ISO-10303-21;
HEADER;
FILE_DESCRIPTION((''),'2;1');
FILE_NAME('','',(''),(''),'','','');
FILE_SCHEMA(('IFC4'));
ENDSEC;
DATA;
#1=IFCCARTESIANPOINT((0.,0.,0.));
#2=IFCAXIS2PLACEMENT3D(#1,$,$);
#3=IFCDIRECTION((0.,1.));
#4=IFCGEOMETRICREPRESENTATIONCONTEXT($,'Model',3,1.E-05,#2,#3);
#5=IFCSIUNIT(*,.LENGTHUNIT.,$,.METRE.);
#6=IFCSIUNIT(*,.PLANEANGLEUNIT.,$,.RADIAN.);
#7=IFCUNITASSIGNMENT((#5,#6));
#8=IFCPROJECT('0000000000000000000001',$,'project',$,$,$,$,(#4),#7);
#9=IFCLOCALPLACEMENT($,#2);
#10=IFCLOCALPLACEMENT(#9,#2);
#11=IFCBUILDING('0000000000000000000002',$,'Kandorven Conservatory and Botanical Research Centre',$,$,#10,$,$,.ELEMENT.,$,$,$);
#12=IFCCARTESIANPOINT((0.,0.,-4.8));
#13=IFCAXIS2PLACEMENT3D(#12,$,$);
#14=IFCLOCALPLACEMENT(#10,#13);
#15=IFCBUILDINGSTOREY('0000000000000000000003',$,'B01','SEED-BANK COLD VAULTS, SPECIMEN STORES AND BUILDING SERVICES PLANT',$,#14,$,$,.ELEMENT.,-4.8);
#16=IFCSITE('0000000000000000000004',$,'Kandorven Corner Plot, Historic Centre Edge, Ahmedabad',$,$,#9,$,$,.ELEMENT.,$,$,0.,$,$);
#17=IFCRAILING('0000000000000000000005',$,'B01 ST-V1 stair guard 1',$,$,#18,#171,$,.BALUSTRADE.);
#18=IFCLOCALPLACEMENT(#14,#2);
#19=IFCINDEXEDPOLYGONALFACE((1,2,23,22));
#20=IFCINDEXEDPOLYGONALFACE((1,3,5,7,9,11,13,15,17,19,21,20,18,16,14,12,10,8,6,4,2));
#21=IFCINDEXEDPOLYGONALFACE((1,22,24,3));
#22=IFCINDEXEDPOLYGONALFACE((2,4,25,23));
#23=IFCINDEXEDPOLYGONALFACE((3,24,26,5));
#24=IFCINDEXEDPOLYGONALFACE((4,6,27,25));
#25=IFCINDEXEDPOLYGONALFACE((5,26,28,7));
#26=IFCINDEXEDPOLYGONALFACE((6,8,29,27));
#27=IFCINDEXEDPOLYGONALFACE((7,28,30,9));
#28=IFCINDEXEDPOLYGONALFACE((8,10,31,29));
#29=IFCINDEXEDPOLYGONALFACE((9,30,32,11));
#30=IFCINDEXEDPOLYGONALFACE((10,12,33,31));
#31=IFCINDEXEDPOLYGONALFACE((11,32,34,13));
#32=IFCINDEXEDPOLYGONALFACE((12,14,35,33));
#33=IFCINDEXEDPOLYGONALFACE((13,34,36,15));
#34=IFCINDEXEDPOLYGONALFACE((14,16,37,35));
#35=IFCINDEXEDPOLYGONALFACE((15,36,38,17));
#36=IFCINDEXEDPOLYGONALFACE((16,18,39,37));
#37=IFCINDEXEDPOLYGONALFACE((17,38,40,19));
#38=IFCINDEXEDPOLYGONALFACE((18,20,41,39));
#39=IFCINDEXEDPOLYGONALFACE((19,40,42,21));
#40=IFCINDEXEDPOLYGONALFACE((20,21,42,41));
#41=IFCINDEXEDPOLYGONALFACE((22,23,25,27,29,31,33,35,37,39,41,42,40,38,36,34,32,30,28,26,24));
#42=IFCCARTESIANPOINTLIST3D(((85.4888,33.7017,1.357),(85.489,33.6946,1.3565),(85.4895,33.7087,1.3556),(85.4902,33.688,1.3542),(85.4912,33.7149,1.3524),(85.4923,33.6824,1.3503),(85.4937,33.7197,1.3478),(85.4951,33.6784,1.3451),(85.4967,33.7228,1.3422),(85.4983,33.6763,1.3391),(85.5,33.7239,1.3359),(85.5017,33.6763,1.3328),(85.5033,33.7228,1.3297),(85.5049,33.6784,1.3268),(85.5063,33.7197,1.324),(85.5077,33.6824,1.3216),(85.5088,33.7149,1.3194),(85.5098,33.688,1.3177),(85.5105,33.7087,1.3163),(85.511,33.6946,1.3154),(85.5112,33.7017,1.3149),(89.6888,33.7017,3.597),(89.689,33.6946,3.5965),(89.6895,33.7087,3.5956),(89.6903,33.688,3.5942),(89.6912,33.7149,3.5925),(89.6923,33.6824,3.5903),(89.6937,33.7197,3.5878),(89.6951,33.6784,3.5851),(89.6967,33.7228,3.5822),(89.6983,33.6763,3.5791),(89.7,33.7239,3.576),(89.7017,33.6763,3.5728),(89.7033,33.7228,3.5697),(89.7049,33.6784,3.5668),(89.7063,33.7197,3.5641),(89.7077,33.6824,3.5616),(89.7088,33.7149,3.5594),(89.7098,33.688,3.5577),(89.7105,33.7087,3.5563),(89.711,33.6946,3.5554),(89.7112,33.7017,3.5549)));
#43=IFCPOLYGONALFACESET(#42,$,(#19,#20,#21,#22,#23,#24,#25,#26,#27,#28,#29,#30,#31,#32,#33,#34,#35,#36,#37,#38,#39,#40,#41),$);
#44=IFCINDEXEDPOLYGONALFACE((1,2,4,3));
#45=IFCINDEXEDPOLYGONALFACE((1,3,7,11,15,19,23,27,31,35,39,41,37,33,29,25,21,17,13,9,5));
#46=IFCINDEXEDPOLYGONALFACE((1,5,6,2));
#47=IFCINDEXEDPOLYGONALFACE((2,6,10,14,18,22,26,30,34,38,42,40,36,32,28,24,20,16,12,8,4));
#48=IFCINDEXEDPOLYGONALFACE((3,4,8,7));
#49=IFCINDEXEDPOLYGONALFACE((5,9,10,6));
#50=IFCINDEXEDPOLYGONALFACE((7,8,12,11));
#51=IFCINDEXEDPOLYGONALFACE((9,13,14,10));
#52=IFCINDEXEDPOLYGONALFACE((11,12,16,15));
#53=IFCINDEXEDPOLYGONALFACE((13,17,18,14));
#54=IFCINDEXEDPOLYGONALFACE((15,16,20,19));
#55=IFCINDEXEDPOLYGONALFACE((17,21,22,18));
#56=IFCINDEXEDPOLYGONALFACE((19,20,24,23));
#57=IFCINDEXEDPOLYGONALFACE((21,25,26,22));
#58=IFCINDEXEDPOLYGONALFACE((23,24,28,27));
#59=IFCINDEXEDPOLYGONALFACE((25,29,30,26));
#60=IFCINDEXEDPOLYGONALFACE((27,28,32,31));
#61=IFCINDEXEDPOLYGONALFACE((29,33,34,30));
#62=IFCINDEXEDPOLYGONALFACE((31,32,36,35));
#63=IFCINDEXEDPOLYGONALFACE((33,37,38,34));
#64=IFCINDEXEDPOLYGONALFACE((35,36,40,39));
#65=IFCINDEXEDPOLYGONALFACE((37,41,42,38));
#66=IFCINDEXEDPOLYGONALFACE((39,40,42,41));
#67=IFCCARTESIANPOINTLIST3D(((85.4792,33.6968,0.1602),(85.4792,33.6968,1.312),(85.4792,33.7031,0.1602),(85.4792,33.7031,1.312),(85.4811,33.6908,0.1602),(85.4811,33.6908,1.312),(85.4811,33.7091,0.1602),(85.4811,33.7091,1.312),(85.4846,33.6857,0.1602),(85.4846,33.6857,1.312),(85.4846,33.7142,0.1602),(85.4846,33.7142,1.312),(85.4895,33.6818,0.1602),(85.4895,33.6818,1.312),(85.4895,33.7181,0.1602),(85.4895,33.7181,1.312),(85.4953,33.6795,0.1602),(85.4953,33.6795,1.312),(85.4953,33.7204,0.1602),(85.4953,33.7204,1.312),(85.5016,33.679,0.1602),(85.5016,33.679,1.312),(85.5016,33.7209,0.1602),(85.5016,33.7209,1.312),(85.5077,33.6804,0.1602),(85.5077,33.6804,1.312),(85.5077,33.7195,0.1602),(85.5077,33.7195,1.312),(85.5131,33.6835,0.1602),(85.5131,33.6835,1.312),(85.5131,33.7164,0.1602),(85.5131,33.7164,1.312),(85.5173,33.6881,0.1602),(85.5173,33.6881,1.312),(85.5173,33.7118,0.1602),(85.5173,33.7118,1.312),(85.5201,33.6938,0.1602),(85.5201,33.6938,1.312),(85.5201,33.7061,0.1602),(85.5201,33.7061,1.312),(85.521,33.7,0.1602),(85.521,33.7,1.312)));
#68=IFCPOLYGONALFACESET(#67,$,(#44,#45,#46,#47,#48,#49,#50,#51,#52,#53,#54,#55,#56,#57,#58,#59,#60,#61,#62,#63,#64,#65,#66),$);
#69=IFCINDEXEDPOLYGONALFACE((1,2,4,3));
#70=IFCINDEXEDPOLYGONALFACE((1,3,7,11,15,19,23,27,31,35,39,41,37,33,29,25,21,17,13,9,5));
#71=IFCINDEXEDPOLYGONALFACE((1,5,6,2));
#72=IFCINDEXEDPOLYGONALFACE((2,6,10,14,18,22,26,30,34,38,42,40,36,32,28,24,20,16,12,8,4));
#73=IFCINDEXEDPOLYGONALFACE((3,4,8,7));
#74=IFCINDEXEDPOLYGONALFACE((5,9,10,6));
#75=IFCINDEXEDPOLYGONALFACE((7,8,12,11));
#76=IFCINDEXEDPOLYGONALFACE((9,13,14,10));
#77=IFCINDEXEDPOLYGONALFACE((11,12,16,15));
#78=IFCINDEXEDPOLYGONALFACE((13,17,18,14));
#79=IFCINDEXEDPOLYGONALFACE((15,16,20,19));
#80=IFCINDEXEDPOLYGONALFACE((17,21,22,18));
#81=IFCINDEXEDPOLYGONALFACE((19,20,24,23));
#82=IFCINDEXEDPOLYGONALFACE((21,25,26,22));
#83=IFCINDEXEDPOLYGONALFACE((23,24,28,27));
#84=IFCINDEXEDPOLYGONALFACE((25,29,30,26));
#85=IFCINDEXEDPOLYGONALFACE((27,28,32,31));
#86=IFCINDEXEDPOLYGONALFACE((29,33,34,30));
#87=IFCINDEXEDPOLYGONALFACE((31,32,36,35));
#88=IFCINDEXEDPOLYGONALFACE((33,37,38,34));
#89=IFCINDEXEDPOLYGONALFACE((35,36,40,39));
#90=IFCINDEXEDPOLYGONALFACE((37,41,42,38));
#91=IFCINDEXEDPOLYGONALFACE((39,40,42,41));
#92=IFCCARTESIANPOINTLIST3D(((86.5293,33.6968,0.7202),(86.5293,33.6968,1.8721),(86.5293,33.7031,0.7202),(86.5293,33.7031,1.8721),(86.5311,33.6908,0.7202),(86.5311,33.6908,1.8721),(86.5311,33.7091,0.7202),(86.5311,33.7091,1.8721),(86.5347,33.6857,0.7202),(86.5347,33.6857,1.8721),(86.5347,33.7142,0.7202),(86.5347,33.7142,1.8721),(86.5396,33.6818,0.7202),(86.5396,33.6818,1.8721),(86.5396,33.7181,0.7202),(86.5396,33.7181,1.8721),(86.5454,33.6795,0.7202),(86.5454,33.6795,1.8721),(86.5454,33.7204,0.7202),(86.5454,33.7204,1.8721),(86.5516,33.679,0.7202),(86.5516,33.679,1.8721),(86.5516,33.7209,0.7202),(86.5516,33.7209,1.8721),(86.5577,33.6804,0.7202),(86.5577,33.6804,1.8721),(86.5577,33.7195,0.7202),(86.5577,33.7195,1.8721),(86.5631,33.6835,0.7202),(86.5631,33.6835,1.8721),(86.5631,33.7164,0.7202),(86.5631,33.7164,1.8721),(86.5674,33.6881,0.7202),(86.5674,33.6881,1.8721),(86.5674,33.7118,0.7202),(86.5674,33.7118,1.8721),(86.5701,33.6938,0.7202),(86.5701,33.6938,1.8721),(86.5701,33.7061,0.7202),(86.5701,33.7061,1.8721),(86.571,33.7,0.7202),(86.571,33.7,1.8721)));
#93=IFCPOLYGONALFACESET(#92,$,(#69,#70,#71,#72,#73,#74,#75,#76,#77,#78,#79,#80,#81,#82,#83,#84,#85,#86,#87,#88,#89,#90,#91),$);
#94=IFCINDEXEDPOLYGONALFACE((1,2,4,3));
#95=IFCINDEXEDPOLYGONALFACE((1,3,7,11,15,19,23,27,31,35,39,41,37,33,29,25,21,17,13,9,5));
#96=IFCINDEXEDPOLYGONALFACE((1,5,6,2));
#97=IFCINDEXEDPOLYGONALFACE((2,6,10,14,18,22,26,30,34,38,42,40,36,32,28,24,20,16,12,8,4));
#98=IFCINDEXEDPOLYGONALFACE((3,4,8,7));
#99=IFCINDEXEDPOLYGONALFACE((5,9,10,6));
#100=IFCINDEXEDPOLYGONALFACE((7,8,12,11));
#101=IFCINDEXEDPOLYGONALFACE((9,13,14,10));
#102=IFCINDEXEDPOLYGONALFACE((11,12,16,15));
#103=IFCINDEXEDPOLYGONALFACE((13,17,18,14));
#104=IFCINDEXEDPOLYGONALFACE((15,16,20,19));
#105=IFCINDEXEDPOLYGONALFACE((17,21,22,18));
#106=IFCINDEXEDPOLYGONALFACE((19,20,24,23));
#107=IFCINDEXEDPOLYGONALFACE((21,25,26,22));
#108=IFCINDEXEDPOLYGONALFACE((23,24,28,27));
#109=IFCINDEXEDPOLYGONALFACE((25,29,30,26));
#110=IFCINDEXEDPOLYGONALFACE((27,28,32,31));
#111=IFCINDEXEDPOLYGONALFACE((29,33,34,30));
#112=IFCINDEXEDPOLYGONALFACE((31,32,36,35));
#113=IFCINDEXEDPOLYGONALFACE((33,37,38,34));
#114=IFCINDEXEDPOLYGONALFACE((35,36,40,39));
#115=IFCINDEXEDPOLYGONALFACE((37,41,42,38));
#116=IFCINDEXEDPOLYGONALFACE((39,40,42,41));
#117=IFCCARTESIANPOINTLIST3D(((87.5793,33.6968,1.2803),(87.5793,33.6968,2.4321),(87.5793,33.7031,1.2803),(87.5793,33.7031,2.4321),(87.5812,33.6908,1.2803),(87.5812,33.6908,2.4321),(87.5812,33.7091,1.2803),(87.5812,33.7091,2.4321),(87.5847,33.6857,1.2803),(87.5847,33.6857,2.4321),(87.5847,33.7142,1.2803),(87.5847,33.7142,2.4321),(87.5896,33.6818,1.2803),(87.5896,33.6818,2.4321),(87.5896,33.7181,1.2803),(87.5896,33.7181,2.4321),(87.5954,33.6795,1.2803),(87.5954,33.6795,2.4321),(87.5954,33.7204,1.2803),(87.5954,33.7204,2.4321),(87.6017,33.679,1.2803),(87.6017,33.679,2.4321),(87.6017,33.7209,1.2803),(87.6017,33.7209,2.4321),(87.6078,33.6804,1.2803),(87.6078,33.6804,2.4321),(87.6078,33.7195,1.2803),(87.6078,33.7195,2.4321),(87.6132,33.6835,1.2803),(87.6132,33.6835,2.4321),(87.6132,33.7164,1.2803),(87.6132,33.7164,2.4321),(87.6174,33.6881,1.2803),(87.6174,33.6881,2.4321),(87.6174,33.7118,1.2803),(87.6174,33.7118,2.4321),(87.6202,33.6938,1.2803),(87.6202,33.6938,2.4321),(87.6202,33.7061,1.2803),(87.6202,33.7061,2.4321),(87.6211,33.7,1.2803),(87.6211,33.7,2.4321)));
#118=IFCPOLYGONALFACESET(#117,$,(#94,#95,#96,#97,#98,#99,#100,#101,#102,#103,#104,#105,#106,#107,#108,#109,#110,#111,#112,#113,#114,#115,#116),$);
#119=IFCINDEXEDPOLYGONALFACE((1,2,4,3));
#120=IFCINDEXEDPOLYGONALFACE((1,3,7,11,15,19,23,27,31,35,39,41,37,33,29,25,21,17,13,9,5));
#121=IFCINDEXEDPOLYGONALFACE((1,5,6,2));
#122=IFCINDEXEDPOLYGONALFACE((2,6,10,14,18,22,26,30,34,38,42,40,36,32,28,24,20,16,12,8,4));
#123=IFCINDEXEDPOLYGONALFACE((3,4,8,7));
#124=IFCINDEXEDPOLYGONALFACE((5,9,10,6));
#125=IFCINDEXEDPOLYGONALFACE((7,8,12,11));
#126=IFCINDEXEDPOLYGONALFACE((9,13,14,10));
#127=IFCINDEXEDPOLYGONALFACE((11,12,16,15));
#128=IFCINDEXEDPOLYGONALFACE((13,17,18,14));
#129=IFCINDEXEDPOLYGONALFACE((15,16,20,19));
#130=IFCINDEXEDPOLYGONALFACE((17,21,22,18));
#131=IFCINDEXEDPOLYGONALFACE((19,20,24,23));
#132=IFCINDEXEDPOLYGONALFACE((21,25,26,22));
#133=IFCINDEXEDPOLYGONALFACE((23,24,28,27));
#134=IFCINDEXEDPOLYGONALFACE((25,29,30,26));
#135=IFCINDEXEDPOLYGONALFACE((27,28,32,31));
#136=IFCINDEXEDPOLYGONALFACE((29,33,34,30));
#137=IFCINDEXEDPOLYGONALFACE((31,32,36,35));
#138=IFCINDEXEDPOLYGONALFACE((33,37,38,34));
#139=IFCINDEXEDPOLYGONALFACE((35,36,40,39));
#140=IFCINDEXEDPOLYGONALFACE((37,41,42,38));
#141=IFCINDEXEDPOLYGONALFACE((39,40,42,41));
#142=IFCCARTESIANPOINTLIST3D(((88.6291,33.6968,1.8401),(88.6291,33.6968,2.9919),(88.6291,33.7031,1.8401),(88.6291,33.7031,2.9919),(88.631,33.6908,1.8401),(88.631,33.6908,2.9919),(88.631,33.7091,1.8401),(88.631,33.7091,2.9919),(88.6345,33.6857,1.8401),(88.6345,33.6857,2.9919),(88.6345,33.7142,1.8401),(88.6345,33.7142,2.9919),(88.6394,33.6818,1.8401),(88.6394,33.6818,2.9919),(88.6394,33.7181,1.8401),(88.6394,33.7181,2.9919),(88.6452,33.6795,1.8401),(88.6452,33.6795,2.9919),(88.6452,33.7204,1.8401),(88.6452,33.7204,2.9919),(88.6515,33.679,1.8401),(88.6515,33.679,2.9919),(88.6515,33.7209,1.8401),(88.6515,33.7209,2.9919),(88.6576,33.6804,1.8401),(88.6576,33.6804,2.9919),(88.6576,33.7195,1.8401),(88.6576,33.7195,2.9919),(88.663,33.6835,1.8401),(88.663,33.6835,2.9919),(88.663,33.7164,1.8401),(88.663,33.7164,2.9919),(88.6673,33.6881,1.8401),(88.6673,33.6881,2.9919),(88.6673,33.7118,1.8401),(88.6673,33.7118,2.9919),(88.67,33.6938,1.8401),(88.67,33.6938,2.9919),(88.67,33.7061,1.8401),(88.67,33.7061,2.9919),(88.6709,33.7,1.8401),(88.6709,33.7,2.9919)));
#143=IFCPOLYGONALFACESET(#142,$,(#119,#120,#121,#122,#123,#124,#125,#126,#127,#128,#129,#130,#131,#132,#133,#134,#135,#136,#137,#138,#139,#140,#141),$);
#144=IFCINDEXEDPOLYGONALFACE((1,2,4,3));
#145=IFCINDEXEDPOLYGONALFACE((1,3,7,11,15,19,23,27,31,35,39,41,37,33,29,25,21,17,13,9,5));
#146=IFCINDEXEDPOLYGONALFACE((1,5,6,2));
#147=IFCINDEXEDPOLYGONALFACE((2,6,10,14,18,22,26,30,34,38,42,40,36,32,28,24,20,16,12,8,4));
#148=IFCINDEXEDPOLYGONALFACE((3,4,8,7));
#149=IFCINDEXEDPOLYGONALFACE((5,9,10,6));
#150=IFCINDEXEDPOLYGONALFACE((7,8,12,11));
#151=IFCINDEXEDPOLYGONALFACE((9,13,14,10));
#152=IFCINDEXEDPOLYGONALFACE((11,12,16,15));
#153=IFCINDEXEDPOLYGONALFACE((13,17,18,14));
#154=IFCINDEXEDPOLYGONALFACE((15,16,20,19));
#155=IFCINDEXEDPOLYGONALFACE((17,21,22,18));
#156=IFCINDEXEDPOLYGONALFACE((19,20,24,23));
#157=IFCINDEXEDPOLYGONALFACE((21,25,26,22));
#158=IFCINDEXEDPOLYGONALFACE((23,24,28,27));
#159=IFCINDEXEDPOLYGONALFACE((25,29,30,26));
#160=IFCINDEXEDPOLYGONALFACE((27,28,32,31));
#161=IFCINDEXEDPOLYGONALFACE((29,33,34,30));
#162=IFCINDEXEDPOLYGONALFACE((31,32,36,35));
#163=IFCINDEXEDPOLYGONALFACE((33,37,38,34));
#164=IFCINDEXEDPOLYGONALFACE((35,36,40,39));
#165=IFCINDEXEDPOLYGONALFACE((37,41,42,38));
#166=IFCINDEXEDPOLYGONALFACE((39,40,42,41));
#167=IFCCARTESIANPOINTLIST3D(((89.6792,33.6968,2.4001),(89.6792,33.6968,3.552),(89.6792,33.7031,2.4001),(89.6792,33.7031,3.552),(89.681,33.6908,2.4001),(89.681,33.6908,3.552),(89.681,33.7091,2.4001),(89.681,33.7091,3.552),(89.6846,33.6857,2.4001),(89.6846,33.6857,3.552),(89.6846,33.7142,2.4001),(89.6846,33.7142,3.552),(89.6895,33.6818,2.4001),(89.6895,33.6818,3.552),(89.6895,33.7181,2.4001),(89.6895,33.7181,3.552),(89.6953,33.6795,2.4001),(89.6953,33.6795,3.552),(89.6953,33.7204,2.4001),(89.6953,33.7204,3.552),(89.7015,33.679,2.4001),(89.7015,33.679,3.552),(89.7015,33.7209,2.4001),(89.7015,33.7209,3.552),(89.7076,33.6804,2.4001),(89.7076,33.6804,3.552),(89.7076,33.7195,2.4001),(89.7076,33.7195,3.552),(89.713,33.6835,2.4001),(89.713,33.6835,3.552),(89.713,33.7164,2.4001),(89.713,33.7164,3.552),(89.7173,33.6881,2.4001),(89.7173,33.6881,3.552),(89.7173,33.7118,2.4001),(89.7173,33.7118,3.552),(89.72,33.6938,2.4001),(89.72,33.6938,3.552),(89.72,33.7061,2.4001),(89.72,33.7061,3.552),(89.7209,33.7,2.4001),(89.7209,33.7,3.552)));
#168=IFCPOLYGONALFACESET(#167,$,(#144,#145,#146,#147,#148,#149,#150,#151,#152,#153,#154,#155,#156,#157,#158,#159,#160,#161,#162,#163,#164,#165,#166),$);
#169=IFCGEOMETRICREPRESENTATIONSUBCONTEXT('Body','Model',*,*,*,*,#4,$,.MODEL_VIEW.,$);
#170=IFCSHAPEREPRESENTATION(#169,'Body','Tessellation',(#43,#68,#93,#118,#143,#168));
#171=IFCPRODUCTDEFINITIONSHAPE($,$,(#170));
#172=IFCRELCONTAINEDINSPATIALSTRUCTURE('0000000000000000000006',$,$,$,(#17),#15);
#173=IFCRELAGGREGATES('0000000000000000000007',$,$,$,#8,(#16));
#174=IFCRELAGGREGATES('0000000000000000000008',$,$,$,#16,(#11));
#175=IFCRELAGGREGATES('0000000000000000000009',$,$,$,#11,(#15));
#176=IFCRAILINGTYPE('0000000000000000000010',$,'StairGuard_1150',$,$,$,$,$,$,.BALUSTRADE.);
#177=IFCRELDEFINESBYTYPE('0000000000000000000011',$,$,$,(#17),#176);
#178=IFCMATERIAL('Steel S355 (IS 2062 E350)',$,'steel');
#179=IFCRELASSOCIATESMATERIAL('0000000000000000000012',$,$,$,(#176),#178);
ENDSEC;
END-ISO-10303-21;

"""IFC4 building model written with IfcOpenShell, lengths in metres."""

from ifc_helpers import new_model, si_unit, direction, frame, origin, origin_2d, place, context, subcontext, project, spatial, circle, extrude, material, type_object, element, save


model = new_model("IFC4")

# Units and contexts
model_context = context("Model", 3, precision=1e-05, world=origin(), true_north=direction((0.0, 1.0)))
body_context = subcontext(model_context, "Body", "Model", "MODEL_VIEW")
ifc_project = project(units=[si_unit("LENGTHUNIT", "METRE"), si_unit("PLANEANGLEUNIT", "RADIAN")], contexts=[model_context])

# Site, building, storey
site_placement = place(None, origin())
site = spatial("IfcSite", under=ifc_project, at=site_placement, Name="Kandorven Corner Plot, Historic Centre Edge, Ahmedabad", CompositionType="ELEMENT", RefElevation=0.0)
building_placement = place(site_placement, origin())
building = spatial("IfcBuilding", under=site, at=building_placement, Name="Kandorven Conservatory and Botanical Research Centre", CompositionType="ELEMENT")
storey_placement = place(building_placement, frame((0.0, 0.0, -4.8)))
storey = spatial("IfcBuildingStorey", under=building, at=storey_placement, Name="B01", Description="SEED-BANK COLD VAULTS, SPECIMEN STORES AND BUILDING SERVICES PLANT", CompositionType="ELEMENT", Elevation=-4.8)

# Railing
ifc_material_1 = material(Name="Steel S355 (IS 2062 E350)", Category="steel")
railing_type_1 = type_object("IfcRailingType", Name="StairGuard_1150", PredefinedType="BALUSTRADE", material=ifc_material_1)
railing_1_placement = place(storey_placement, frame((85.5, 33.7, 0.1602)))
element("IfcRailing", 1, at=railing_1_placement, inside=storey, type_object=railing_type_1, Name="B01 ST-V1 stair guard 1", PredefinedType="BALUSTRADE", context=body_context, shape_type="SweptSolid", body=[
    extrude(circle(Radius=0.0239, at=origin_2d()), frame((0.0, 0.0, 1.1758), z_axis=(0.882352, 0.0, 0.470591), x_axis=(0.0, 1.0, 0.0)), (0.0, 0.0, 1.0), 4.76),
    extrude(circle(Radius=0.021, at=origin_2d()), origin(), (0.0, 0.0, 1.0), 1.1519),
    extrude(circle(Radius=0.021, at=origin_2d()), frame((1.05, 0.0, 0.5601)), (0.0, 0.0, 1.0), 1.1519),
    extrude(circle(Radius=0.021, at=origin_2d()), frame((2.1001, 0.0, 1.1201)), (0.0, 0.0, 1.0), 1.1519),
    extrude(circle(Radius=0.021, at=origin_2d()), frame((3.1499, 0.0, 1.6799)), (0.0, 0.0, 1.0), 1.1519),
    extrude(circle(Radius=0.021, at=origin_2d()), frame((4.2, 0.0, 2.24)), (0.0, 0.0, 1.0), 1.1519),
])

save(model, "model.ifc")
